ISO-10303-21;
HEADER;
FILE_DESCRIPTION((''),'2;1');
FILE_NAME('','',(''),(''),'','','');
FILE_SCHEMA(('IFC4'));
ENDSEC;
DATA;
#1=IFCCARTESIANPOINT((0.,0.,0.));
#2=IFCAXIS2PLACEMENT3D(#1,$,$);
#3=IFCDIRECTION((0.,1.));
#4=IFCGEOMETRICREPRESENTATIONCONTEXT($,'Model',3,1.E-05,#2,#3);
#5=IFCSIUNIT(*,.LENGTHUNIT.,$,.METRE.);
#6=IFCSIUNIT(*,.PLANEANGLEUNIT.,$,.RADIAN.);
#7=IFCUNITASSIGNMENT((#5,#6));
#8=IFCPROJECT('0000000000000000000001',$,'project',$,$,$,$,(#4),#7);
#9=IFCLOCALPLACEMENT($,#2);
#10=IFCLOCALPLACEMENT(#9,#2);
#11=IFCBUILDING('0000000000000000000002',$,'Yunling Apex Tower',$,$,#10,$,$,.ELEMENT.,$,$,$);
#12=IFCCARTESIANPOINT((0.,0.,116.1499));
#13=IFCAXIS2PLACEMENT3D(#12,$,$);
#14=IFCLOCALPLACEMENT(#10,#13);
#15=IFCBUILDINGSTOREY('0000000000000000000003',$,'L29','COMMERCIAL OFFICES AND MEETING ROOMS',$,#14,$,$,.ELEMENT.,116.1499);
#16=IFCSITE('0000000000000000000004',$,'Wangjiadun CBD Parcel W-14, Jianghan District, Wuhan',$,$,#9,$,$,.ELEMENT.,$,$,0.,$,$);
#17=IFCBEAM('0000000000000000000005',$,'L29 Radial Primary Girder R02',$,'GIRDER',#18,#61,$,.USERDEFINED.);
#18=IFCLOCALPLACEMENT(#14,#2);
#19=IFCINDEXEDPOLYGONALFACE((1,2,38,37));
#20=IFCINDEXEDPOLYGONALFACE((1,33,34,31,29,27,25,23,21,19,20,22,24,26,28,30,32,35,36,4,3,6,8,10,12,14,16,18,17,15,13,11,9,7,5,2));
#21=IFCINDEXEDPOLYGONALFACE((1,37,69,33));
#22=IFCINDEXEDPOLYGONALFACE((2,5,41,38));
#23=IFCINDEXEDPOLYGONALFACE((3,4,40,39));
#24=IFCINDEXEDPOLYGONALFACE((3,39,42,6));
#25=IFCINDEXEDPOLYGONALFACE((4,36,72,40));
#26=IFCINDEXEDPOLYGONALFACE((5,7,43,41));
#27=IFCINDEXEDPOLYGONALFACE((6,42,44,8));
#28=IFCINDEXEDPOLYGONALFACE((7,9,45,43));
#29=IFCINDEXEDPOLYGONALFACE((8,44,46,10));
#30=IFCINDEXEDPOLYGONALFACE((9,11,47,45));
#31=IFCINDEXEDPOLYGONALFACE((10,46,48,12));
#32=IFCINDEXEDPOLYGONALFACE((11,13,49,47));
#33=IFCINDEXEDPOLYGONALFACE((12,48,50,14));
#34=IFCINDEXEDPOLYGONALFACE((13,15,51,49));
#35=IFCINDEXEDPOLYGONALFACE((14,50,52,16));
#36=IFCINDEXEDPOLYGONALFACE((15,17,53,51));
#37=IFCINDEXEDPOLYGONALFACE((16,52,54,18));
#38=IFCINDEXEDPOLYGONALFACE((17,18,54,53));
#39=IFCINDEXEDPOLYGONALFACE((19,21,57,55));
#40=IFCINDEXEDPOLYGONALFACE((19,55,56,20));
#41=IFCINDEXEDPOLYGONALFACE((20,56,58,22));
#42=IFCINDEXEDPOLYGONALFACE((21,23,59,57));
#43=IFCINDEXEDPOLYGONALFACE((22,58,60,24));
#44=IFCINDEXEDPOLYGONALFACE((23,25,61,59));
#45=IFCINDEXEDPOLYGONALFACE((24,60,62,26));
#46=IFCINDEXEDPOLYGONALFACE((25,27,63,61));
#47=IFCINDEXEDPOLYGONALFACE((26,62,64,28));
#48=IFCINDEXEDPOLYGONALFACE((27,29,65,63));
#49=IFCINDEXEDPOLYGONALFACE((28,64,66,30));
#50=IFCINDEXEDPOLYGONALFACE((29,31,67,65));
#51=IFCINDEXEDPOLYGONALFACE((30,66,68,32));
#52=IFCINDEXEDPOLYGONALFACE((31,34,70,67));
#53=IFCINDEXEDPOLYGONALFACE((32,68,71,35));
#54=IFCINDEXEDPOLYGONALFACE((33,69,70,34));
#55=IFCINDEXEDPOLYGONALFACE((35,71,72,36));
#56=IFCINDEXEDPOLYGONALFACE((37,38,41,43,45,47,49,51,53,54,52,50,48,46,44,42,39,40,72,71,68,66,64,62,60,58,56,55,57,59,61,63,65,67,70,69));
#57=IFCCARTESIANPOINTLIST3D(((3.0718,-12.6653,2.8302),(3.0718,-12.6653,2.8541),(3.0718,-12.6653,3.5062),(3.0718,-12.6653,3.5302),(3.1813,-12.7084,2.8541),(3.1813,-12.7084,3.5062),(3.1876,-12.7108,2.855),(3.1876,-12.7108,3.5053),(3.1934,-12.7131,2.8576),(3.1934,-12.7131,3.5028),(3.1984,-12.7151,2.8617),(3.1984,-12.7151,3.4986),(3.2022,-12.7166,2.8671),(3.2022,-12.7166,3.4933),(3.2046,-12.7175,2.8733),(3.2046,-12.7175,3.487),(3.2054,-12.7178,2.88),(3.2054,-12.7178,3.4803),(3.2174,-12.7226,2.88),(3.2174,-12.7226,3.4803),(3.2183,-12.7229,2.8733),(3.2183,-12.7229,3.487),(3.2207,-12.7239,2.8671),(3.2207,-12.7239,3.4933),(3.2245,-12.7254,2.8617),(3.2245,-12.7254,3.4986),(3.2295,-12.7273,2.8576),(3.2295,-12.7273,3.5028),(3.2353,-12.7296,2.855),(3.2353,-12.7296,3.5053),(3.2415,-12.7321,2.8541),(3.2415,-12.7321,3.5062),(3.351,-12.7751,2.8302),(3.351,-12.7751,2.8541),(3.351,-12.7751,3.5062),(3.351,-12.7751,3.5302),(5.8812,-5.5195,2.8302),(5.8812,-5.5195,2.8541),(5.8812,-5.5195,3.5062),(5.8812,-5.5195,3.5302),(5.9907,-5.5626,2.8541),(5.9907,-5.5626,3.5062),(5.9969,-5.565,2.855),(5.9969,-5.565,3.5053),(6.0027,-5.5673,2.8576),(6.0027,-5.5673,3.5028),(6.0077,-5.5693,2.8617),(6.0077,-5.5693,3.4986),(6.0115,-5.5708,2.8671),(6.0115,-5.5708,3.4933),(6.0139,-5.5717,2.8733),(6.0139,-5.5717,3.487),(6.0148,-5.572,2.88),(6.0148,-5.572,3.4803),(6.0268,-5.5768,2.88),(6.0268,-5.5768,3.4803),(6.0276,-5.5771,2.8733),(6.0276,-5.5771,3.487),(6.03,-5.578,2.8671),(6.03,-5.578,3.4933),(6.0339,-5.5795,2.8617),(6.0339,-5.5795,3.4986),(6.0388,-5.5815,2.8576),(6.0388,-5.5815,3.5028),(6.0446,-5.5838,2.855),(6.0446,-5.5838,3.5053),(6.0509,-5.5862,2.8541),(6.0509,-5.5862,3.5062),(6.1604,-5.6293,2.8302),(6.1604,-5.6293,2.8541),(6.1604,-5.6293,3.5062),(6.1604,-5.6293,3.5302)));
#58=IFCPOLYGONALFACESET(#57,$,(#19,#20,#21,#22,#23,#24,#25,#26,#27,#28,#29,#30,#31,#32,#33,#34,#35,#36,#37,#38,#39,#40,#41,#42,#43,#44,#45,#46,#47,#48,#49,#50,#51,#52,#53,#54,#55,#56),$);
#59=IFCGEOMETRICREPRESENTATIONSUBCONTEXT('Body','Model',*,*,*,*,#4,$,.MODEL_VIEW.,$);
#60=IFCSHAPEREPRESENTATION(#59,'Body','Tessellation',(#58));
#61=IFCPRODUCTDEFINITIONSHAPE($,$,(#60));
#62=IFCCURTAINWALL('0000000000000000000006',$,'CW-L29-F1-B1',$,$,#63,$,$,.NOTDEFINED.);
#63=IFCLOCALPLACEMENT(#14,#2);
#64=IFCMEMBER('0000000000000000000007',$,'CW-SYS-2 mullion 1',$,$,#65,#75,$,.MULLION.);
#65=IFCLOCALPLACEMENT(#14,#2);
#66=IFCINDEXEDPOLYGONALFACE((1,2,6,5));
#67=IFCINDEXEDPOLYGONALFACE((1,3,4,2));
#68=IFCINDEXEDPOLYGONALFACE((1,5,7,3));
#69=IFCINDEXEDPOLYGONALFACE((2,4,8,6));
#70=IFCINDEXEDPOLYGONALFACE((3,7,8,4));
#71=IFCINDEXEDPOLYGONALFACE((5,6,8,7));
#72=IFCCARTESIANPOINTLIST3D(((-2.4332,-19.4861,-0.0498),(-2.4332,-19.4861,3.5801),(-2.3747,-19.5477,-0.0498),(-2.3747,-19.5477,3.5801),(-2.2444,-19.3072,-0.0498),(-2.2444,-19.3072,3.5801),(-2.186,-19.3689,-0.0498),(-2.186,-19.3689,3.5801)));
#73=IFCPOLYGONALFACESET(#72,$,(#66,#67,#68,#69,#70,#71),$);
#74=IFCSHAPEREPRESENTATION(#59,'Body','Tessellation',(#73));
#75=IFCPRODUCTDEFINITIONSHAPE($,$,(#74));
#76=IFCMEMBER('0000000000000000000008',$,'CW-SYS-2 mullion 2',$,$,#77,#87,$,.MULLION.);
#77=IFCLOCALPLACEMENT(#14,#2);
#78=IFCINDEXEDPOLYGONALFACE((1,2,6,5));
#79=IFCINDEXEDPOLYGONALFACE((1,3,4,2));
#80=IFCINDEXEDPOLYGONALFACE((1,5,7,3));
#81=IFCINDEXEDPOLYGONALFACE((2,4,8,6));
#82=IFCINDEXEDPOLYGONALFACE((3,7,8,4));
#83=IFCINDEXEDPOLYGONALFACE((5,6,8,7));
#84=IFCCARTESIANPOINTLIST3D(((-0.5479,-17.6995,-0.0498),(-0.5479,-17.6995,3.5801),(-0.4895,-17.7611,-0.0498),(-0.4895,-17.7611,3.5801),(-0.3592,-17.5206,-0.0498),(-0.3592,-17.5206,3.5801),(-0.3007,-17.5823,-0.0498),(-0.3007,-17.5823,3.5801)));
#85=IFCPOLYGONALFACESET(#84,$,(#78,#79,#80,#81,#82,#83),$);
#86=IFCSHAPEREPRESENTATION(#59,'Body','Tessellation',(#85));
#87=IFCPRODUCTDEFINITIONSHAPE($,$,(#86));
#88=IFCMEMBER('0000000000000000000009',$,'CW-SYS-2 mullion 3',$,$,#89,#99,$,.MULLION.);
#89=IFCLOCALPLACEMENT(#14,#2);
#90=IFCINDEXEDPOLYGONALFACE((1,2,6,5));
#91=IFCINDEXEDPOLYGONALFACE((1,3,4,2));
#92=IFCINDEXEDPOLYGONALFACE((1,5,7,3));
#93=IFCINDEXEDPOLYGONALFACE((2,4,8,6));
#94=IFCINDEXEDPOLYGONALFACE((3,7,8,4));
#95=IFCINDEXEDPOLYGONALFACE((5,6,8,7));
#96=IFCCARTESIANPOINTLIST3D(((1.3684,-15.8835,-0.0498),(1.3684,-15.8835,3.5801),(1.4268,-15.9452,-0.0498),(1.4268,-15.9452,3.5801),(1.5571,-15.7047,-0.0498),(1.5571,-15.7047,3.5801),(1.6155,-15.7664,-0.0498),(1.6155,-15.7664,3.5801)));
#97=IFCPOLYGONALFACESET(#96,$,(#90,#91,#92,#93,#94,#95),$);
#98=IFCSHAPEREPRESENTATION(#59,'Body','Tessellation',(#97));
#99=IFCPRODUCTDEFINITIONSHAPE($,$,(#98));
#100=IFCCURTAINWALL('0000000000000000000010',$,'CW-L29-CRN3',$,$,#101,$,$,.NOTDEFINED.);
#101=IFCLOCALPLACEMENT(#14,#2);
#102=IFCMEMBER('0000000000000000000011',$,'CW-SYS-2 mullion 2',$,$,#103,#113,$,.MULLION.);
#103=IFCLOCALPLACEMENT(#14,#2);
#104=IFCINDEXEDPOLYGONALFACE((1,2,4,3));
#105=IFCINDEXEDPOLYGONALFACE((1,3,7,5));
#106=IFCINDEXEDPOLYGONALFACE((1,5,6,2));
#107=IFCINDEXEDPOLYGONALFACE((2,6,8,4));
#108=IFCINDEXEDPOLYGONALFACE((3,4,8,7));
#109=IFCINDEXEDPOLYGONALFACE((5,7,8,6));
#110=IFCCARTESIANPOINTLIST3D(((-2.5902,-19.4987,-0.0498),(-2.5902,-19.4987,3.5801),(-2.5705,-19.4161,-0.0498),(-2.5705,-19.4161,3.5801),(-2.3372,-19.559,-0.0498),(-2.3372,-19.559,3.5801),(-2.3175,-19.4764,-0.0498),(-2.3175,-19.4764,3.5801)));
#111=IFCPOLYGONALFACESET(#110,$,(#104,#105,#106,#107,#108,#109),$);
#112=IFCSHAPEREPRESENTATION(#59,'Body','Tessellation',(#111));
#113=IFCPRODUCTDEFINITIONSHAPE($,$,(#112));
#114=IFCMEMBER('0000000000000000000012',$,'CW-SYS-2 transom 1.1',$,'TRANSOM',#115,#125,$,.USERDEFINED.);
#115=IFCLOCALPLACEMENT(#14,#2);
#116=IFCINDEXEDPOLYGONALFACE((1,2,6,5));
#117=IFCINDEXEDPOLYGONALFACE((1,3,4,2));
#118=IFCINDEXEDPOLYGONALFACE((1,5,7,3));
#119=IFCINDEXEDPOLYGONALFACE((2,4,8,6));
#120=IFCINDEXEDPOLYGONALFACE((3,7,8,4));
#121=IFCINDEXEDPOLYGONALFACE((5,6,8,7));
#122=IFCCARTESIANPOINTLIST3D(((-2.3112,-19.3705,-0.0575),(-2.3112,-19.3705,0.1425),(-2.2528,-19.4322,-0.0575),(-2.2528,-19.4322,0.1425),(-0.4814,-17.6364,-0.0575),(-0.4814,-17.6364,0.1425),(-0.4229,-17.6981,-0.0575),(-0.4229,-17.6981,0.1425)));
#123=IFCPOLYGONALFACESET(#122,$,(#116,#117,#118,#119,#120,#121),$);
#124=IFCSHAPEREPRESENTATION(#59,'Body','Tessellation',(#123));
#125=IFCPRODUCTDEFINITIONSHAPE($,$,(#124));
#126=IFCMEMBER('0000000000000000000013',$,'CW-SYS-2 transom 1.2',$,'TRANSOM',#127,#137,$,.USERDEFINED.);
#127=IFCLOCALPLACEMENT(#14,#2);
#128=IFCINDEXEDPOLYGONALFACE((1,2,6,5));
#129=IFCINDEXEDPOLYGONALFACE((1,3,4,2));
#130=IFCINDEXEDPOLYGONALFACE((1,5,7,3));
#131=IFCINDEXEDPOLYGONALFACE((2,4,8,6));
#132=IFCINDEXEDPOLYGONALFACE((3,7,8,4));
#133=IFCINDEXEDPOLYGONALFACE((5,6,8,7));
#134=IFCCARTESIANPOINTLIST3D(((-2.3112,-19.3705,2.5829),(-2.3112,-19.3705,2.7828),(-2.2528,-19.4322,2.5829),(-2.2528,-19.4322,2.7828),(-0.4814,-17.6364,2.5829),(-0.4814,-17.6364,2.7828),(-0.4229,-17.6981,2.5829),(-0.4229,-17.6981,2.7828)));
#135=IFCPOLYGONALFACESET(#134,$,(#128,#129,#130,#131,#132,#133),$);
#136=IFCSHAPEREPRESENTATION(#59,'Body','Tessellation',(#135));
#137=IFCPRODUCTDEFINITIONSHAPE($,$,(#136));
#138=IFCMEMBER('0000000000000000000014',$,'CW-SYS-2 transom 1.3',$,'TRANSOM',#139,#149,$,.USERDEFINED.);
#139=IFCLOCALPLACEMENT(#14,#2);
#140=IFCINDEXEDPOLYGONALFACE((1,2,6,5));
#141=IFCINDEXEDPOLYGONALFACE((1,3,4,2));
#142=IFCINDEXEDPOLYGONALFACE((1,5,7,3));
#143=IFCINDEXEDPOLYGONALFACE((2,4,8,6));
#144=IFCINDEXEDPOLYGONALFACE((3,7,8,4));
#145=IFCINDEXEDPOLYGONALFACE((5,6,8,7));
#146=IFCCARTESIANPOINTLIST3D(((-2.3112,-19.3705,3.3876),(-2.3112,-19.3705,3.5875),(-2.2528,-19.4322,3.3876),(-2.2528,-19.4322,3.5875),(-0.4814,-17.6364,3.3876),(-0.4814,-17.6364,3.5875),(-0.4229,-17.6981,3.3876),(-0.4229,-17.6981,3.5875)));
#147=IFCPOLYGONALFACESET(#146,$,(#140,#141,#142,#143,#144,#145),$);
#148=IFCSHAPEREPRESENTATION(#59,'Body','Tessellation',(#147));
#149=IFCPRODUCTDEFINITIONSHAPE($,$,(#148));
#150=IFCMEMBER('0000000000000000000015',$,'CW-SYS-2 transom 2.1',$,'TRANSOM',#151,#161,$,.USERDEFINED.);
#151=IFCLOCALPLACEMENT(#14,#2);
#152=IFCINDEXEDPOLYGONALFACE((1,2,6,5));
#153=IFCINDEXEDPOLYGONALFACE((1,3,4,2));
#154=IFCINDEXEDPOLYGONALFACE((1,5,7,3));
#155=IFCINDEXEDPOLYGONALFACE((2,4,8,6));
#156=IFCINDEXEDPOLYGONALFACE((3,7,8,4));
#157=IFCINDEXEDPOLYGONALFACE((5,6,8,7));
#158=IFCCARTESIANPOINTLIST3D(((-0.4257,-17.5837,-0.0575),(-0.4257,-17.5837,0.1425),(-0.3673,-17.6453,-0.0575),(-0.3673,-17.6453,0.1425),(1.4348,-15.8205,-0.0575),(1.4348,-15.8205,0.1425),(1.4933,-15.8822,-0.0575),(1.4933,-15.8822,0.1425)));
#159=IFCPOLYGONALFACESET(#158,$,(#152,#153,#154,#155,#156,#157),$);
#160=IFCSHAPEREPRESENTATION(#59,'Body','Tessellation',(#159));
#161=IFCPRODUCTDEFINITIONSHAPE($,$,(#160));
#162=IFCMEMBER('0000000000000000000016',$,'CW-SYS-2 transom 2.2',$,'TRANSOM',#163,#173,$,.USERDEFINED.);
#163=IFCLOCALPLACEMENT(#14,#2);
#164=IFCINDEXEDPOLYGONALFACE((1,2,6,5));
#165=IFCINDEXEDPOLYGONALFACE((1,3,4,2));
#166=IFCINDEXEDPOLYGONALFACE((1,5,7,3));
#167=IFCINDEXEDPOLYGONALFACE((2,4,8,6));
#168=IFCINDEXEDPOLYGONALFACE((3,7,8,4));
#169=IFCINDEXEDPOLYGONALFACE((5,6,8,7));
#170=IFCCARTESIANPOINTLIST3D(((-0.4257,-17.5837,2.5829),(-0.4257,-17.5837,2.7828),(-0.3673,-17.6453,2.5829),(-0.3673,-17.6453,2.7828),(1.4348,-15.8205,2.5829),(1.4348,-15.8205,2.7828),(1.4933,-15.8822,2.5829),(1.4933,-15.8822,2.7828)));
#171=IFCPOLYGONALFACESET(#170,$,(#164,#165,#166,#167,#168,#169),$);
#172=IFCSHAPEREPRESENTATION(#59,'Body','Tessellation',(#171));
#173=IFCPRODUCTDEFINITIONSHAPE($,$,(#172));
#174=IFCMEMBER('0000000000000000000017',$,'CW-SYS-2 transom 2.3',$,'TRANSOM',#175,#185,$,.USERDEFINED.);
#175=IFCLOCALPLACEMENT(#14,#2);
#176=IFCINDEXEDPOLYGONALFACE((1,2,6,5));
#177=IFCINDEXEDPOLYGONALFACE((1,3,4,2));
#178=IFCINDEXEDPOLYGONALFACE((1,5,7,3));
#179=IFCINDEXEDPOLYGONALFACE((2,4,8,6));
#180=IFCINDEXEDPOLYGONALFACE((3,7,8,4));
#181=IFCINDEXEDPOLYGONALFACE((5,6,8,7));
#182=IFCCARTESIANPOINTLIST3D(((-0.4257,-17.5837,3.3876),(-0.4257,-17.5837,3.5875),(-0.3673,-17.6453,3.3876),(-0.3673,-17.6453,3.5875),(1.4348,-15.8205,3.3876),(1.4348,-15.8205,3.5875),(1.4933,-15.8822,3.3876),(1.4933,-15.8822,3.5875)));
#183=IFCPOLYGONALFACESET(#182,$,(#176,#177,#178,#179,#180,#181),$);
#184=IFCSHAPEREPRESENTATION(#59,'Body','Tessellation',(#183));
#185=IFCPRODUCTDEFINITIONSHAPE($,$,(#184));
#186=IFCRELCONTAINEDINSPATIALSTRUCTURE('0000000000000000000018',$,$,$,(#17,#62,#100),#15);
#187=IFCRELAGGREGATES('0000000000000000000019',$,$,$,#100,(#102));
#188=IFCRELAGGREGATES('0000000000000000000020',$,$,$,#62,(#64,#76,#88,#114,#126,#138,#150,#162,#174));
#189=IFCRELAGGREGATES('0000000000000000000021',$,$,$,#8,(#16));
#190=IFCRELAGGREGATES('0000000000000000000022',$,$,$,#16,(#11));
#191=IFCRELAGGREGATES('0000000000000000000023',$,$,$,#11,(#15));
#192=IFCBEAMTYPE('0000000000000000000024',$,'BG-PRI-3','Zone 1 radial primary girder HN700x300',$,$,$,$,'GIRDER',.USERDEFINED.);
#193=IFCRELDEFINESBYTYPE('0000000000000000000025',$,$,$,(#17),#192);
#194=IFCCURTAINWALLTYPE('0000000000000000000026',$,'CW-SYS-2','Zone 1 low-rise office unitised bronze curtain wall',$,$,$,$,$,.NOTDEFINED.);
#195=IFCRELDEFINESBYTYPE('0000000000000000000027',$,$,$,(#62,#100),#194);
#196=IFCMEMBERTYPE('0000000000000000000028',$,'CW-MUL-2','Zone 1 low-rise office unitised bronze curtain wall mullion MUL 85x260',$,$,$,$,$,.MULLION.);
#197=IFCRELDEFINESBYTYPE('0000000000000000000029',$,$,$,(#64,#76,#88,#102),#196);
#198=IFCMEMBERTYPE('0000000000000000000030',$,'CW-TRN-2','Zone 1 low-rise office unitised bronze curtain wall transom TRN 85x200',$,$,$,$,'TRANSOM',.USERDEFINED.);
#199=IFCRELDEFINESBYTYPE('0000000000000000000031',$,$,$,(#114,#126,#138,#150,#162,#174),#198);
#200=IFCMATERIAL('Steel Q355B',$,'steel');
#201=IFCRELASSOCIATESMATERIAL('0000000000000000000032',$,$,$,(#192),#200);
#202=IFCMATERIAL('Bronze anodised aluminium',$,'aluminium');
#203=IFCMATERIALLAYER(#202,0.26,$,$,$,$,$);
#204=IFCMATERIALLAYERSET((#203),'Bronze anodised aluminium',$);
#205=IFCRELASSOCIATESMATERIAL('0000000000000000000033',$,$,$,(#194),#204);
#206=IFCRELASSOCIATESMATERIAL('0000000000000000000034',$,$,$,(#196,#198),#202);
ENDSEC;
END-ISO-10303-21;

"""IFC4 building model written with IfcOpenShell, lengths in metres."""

from ifc_helpers import new_model, si_unit, direction, frame, origin, origin_2d, place, context, subcontext, project, spatial, rectangle, i_section, extrude, source, transform, mapped, material, layer, layer_set, material_profile, profile_set, type_object, element, aggregate, save


model = new_model("IFC4")

# Units and contexts
model_context = context("Model", 3, precision=1e-05, world=origin(), true_north=direction((0.0, 1.0)))
body_context = subcontext(model_context, "Body", "Model", "MODEL_VIEW")
ifc_project = project(units=[si_unit("LENGTHUNIT", "METRE"), si_unit("PLANEANGLEUNIT", "RADIAN")], contexts=[model_context])

# Site, building, storey
site_placement = place(None, origin())
site = spatial("IfcSite", under=ifc_project, at=site_placement, Name="Wangjiadun CBD Parcel W-14, Jianghan District, Wuhan", CompositionType="ELEMENT", RefElevation=0.0)
building_placement = place(site_placement, origin())
building = spatial("IfcBuilding", under=site, at=building_placement, Name="Yunling Apex Tower", CompositionType="ELEMENT")
storey_placement = place(building_placement, frame((0.0, 0.0, 116.1499)))
storey = spatial("IfcBuildingStorey", under=building, at=storey_placement, Name="L29", Description="COMMERCIAL OFFICES AND MEETING ROOMS", CompositionType="ELEMENT", Elevation=116.1499)

# Beam
ifc_material_1 = material(Name="Steel Q355B", Category="steel")
ifc_material_profile_1 = material_profile(ifc_material_1, i_section(OverallWidth=0.3, OverallDepth=0.7, WebThickness=0.0129, FlangeThickness=0.0239, FilletRadius=0.0259, at=origin_2d()))
ifc_profile_set_1 = profile_set([ifc_material_profile_1], Name="Steel Q355B")
beam_type_1 = type_object("IfcBeamType", Name="BG-PRI-3", Description="Zone 1 radial primary girder HN700x300", ElementType="GIRDER", PredefinedType="USERDEFINED", material=ifc_profile_set_1)
shared_shape_1 = source(origin(), body_context, "Body", "SweptSolid", [
    extrude(i_section(OverallWidth=0.3, OverallDepth=0.7, WebThickness=0.0129, FlangeThickness=0.0239, FilletRadius=0.0259, at=origin_2d()), origin(), (0.0, 0.0, 1.0), 7.6782),
])
beam_1_placement = place(storey_placement, frame((3.2114, -12.7202, 3.1802), z_axis=(0.365886, 0.93066, 0.0), x_axis=(-0.93066, 0.365886, 0.0)))
element("IfcBeam", 1, at=beam_1_placement, inside=storey, type_object=beam_type_1, Name="L29 Radial Primary Girder R02", ObjectType="GIRDER", PredefinedType="USERDEFINED", context=body_context, shape_type="MappedRepresentation", body=[
    mapped(shared_shape_1, transform((0.0, 0.0, 0.0), scale=1.0)),
])

# Curtain wall, members
ifc_material_2 = material(Name="Bronze anodised aluminium", Category="aluminium")
ifc_layer_1 = layer(ifc_material_2, 0.26)
ifc_layer_set_1 = layer_set([ifc_layer_1], Name="Bronze anodised aluminium")
curtain_wall_type = type_object("IfcCurtainWallType", Name="CW-SYS-2", Description="Zone 1 low-rise office unitised bronze curtain wall", PredefinedType="NOTDEFINED", material=ifc_layer_set_1)
curtain_wall_1_placement = place(storey_placement, origin())
curtain_wall_1 = element("IfcCurtainWall", 2, at=curtain_wall_1_placement, inside=storey, type_object=curtain_wall_type, Name="CW-L29-F1-B1", PredefinedType="NOTDEFINED")
ifc_material_profile_2 = material_profile(ifc_material_2, rectangle(XDim=0.085, YDim=0.26, at=origin_2d()))
ifc_profile_set_2 = profile_set([ifc_material_profile_2], Name="Bronze anodised aluminium")
member_type_1 = type_object("IfcMemberType", Name="CW-MUL-2", Description="Zone 1 low-rise office unitised bronze curtain wall mullion MUL 85x260", PredefinedType="MULLION", material=ifc_profile_set_2)
shared_shape_2 = source(origin(), body_context, "Body", "SweptSolid", [
    extrude(rectangle(XDim=0.085, YDim=0.26, at=origin_2d()), origin(), (0.0, 0.0, 1.0), 3.6299),
])
member_1_placement = place(storey_placement, frame((-2.3096, -19.4275, -0.0498), z_axis=(0.0, 0.0, 1.0), x_axis=(-0.687861, 0.725842, 0.0)))
member_1 = element("IfcMember", 3, at=member_1_placement, type_object=member_type_1, Name="CW-SYS-2 mullion 1", PredefinedType="MULLION", context=body_context, shape_type="MappedRepresentation", body=[
    mapped(shared_shape_2, transform((0.0, 0.0, 0.0), scale=1.0)),
])
member_2_placement = place(storey_placement, frame((-0.4243, -17.6409, -0.0498), z_axis=(0.0, 0.0, 1.0), x_axis=(-0.687861, 0.725842, 0.0)))
member_2 = element("IfcMember", 4, at=member_2_placement, type_object=member_type_1, Name="CW-SYS-2 mullion 2", PredefinedType="MULLION", context=body_context, shape_type="MappedRepresentation", body=[
    mapped(shared_shape_2, transform((0.0, 0.0, 0.0), scale=1.0)),
])
member_3_placement = place(storey_placement, frame((1.4919, -15.825, -0.0498), z_axis=(0.0, 0.0, 1.0), x_axis=(-0.687861, 0.725842, 0.0)))
member_3 = element("IfcMember", 5, at=member_3_placement, type_object=member_type_1, Name="CW-SYS-2 mullion 3", PredefinedType="MULLION", context=body_context, shape_type="MappedRepresentation", body=[
    mapped(shared_shape_2, transform((0.0, 0.0, 0.0), scale=1.0)),
])

# Curtain wall, member
curtain_wall_2_placement = place(storey_placement, origin())
curtain_wall_2 = element("IfcCurtainWall", 6, at=curtain_wall_2_placement, inside=storey, type_object=curtain_wall_type, Name="CW-L29-CRN3", PredefinedType="NOTDEFINED")
member_4_placement = place(storey_placement, frame((-2.4539, -19.4875, -0.0498), z_axis=(0.0, 0.0, 1.0), x_axis=(0.231895, 0.972741, 0.0)))
member_4 = element("IfcMember", 7, at=member_4_placement, type_object=member_type_1, Name="CW-SYS-2 mullion 2", PredefinedType="MULLION", context=body_context, shape_type="MappedRepresentation", body=[
    mapped(shared_shape_2, transform((0.0, 0.0, 0.0), scale=1.0)),
])
aggregate(curtain_wall_2, [member_4])

# Members
ifc_material_profile_3 = material_profile(ifc_material_2, rectangle(XDim=0.085, YDim=0.2, at=origin_2d()))
ifc_profile_set_3 = profile_set([ifc_material_profile_3], Name="Bronze anodised aluminium")
member_type_2 = type_object("IfcMemberType", Name="CW-TRN-2", Description="Zone 1 low-rise office unitised bronze curtain wall transom TRN 85x200", ElementType="TRANSOM", PredefinedType="USERDEFINED", material=ifc_profile_set_3)
shared_shape_3 = source(origin(), body_context, "Body", "SweptSolid", [
    extrude(rectangle(XDim=0.085, YDim=0.2, at=origin_2d()), origin(), (0.0, 0.0, 1.0), 2.521),
])
member_5_placement = place(storey_placement, frame((-2.282, -19.4014, 0.0425), z_axis=(0.725833, 0.687871, 0.0), x_axis=(-0.687871, 0.725833, 0.0)))
member_5 = element("IfcMember", 8, at=member_5_placement, type_object=member_type_2, Name="CW-SYS-2 transom 1.1", ObjectType="TRANSOM", PredefinedType="USERDEFINED", context=body_context, shape_type="MappedRepresentation", body=[
    mapped(shared_shape_3, transform((0.0, 0.0, 0.0), scale=1.0)),
])
member_6_placement = place(storey_placement, frame((-2.282, -19.4014, 2.6829), z_axis=(0.725833, 0.687871, 0.0), x_axis=(-0.687871, 0.725833, 0.0)))
member_6 = element("IfcMember", 9, at=member_6_placement, type_object=member_type_2, Name="CW-SYS-2 transom 1.2", ObjectType="TRANSOM", PredefinedType="USERDEFINED", context=body_context, shape_type="MappedRepresentation", body=[
    mapped(shared_shape_3, transform((0.0, 0.0, 0.0), scale=1.0)),
])
member_7_placement = place(storey_placement, frame((-2.282, -19.4014, 3.4875), z_axis=(0.725833, 0.687871, 0.0), x_axis=(-0.687871, 0.725833, 0.0)))
member_7 = element("IfcMember", 10, at=member_7_placement, type_object=member_type_2, Name="CW-SYS-2 transom 1.3", ObjectType="TRANSOM", PredefinedType="USERDEFINED", context=body_context, shape_type="MappedRepresentation", body=[
    mapped(shared_shape_3, transform((0.0, 0.0, 0.0), scale=1.0)),
])
shared_shape_4 = source(origin(), body_context, "Body", "SweptSolid", [
    extrude(rectangle(XDim=0.085, YDim=0.2, at=origin_2d()), origin(), (0.0, 0.0, 1.0), 2.5632),
])
member_8_placement = place(storey_placement, frame((-0.3965, -17.6145, 0.0425), z_axis=(0.725853, 0.68785, 0.0), x_axis=(-0.68785, 0.725853, 0.0)))
member_8 = element("IfcMember", 11, at=member_8_placement, type_object=member_type_2, Name="CW-SYS-2 transom 2.1", ObjectType="TRANSOM", PredefinedType="USERDEFINED", context=body_context, shape_type="MappedRepresentation", body=[
    mapped(shared_shape_4, transform((0.0, 0.0, 0.0), scale=1.0)),
])
member_9_placement = place(storey_placement, frame((-0.3965, -17.6145, 2.6829), z_axis=(0.725853, 0.68785, 0.0), x_axis=(-0.68785, 0.725853, 0.0)))
member_9 = element("IfcMember", 12, at=member_9_placement, type_object=member_type_2, Name="CW-SYS-2 transom 2.2", ObjectType="TRANSOM", PredefinedType="USERDEFINED", context=body_context, shape_type="MappedRepresentation", body=[
    mapped(shared_shape_4, transform((0.0, 0.0, 0.0), scale=1.0)),
])
member_10_placement = place(storey_placement, frame((-0.3965, -17.6145, 3.4875), z_axis=(0.725853, 0.68785, 0.0), x_axis=(-0.68785, 0.725853, 0.0)))
member_10 = element("IfcMember", 13, at=member_10_placement, type_object=member_type_2, Name="CW-SYS-2 transom 2.3", ObjectType="TRANSOM", PredefinedType="USERDEFINED", context=body_context, shape_type="MappedRepresentation", body=[
    mapped(shared_shape_4, transform((0.0, 0.0, 0.0), scale=1.0)),
])

aggregate(curtain_wall_1, [member_1, member_2, member_3, member_5, member_6, member_7, member_8, member_9, member_10])

save(model, "model.ifc")
